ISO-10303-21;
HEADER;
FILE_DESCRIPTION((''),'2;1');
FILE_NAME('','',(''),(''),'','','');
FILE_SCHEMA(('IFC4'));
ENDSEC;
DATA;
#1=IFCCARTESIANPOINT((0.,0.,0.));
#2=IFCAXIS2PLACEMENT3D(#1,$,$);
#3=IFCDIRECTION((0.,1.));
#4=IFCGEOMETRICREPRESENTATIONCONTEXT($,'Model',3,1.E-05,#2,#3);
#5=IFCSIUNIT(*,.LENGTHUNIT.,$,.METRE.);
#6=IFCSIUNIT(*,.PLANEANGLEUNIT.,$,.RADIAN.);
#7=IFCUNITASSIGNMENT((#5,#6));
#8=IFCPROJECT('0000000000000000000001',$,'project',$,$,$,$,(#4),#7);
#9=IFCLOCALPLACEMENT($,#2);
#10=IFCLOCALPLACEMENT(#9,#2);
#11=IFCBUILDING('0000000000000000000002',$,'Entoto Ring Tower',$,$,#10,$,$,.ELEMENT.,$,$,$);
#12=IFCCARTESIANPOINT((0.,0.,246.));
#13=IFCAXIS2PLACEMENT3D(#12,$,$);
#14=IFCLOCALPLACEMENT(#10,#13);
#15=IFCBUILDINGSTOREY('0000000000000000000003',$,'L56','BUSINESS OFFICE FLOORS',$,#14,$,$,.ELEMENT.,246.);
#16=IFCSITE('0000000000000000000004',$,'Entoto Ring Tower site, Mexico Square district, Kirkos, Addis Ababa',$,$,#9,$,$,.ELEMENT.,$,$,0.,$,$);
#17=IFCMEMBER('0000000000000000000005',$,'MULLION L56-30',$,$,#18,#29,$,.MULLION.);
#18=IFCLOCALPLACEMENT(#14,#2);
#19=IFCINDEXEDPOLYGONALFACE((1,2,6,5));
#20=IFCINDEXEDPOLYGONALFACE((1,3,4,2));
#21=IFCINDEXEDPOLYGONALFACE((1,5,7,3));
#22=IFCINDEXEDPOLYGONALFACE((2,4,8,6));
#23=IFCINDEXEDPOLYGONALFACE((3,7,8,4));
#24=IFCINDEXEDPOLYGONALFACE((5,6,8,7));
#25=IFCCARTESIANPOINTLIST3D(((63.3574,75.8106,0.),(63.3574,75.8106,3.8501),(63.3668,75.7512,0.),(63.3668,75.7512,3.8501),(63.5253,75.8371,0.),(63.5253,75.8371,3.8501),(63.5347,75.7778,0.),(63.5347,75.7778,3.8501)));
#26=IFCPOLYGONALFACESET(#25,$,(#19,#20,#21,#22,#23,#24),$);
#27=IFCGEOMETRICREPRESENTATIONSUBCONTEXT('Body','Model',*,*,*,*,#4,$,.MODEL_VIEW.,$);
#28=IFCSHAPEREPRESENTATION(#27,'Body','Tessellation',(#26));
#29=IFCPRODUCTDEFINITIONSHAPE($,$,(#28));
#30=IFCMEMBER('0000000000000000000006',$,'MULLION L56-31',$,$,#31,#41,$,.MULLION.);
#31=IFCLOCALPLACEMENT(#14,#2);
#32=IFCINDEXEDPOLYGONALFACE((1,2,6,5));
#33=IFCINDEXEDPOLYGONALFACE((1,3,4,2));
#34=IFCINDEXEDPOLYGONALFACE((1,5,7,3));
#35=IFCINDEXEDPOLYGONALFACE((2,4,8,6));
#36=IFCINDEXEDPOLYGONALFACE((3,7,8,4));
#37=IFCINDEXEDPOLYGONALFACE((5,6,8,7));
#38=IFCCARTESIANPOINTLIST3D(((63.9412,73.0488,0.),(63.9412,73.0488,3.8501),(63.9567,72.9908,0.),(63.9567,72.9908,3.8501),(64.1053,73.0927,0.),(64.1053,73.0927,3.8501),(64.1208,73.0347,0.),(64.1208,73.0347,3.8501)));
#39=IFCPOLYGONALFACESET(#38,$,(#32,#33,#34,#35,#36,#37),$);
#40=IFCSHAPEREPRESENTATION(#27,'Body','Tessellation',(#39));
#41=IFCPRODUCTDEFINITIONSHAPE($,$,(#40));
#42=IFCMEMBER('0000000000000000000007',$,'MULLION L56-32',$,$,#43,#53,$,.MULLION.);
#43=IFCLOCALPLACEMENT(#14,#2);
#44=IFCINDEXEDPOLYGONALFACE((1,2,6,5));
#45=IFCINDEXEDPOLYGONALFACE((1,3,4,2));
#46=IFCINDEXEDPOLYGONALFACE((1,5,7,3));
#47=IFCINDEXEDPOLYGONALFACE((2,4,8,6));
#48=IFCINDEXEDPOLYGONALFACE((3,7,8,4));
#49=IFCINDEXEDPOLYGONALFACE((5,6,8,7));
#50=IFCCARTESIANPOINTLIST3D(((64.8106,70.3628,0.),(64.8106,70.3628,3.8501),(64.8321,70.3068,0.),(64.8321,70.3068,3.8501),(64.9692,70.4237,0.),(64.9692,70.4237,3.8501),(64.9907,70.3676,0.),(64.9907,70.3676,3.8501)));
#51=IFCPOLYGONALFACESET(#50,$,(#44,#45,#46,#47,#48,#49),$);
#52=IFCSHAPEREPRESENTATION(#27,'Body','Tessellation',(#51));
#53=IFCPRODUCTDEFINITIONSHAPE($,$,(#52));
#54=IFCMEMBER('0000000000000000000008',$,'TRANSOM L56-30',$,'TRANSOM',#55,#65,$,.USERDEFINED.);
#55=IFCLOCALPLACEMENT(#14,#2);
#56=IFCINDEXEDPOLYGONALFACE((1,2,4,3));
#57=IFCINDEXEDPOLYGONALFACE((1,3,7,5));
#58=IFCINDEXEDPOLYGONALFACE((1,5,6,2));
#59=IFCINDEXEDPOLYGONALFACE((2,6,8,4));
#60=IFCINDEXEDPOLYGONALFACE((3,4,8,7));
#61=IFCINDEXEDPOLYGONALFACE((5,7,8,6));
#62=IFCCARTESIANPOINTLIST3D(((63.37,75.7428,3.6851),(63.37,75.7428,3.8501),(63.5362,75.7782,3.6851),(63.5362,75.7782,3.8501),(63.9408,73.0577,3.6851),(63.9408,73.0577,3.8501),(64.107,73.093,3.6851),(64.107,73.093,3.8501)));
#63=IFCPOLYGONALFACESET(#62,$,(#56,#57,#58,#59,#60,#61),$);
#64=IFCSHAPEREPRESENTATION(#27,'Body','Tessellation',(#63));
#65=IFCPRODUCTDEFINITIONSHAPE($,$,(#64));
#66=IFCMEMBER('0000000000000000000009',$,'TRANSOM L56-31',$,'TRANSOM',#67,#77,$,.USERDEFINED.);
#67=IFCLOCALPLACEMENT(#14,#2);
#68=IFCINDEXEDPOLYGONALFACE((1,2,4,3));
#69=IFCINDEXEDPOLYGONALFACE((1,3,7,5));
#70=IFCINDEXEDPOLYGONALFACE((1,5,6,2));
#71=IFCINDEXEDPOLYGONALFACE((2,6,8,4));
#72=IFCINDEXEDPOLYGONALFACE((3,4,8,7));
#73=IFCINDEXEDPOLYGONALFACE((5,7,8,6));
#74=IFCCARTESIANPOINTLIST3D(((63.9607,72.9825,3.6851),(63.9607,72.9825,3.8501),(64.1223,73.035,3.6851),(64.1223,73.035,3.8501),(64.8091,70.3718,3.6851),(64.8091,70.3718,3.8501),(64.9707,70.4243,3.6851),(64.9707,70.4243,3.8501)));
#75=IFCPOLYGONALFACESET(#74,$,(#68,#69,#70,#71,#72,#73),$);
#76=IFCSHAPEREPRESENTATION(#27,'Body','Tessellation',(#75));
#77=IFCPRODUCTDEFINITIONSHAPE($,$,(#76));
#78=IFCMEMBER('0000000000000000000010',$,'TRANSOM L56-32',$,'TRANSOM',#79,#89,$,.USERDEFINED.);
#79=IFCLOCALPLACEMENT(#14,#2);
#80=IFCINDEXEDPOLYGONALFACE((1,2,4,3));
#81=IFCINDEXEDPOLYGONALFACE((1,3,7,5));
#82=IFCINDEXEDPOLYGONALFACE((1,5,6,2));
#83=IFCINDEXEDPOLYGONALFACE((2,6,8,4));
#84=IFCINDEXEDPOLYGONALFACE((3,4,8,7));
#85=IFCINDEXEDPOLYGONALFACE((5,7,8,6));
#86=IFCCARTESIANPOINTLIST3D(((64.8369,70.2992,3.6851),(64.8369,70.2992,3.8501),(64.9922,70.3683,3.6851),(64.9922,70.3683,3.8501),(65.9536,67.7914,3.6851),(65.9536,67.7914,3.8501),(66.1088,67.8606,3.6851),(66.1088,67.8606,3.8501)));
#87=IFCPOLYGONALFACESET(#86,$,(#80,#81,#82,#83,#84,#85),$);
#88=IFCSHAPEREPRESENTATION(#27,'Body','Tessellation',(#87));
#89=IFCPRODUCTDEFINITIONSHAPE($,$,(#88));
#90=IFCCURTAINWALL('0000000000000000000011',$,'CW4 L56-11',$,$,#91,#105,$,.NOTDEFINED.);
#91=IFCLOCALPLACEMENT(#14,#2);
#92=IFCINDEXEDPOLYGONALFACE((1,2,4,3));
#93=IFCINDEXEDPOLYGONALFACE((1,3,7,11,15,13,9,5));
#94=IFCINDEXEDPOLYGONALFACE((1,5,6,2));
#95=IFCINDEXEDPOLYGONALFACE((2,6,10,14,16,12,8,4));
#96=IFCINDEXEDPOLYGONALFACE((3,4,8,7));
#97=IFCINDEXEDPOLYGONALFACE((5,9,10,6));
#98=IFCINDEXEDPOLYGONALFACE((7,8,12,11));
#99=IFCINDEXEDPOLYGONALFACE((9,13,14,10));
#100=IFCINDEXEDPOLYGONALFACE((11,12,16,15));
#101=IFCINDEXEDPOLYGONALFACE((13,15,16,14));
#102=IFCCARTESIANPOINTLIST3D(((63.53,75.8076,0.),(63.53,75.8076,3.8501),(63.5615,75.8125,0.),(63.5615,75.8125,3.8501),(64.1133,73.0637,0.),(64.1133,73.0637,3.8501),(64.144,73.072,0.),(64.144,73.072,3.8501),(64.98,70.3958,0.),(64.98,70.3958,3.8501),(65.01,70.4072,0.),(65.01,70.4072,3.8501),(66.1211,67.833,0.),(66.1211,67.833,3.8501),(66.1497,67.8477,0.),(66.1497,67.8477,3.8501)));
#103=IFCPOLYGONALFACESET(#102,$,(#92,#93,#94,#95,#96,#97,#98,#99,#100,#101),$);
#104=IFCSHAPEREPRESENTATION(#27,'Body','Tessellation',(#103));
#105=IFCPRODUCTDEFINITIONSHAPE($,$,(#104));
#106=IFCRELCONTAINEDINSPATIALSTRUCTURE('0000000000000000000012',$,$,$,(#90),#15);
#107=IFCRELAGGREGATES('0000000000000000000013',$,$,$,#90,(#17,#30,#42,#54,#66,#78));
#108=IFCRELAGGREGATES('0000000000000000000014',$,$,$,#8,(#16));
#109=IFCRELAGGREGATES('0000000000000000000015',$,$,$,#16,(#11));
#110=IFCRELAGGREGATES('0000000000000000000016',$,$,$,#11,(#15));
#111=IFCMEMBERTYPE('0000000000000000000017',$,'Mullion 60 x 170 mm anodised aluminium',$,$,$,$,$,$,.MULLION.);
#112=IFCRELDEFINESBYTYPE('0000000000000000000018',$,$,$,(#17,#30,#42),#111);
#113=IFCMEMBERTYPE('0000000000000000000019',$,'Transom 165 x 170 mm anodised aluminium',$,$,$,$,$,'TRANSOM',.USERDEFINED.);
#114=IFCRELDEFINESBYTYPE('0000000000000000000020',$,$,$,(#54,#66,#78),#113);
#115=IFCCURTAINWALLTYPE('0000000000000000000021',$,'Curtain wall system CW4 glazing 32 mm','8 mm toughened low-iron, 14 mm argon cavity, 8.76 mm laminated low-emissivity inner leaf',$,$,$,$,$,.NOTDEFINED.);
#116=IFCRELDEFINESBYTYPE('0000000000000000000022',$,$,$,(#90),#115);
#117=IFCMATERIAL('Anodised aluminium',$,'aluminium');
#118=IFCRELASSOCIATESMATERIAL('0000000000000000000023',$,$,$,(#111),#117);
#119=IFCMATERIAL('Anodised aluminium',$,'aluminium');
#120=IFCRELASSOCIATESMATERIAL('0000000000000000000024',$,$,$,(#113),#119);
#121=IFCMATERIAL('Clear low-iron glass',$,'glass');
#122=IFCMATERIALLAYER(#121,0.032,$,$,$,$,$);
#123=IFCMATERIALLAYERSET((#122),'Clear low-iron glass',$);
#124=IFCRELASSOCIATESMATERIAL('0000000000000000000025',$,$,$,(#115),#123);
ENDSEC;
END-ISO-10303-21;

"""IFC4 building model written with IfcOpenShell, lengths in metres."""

from ifc_helpers import new_model, si_unit, direction, frame, origin, origin_2d, place, context, subcontext, project, spatial, polyline, rectangle, outline, extrude, material, layer, layer_set, material_profile, profile_set, type_object, element, aggregate, save


model = new_model("IFC4")

# Units and contexts
model_context = context("Model", 3, precision=1e-05, world=origin(), true_north=direction((0.0, 1.0)))
body_context = subcontext(model_context, "Body", "Model", "MODEL_VIEW")
ifc_project = project(units=[si_unit("LENGTHUNIT", "METRE"), si_unit("PLANEANGLEUNIT", "RADIAN")], contexts=[model_context])

# Members
ifc_material_1 = material(Name="Anodised aluminium", Category="aluminium")
ifc_material_profile_1 = material_profile(ifc_material_1, rectangle(XDim=0.0601, YDim=0.1699, at=origin_2d()), Name="Mullion 60 x 170 mm anodised aluminium")
ifc_profile_set_1 = profile_set([ifc_material_profile_1], Name="Anodised aluminium")
member_type_1 = type_object("IfcMemberType", Name="Mullion 60 x 170 mm anodised aluminium", PredefinedType="MULLION", material=ifc_profile_set_1)
site_placement = place(None, origin())
building_placement = place(site_placement, origin())
storey_placement = place(building_placement, frame((0.0, 0.0, 246.0)))
member_1_placement = place(storey_placement, frame((63.446, 75.7942, 0.0), z_axis=(0.0, 0.0, 1.0), x_axis=(0.156434, -0.987688, 0.0)))
member_1 = element("IfcMember", 1, at=member_1_placement, type_object=member_type_1, Name="MULLION L56-30", PredefinedType="MULLION", context=body_context, shape_type="SweptSolid", body=[
    extrude(rectangle(XDim=0.0601, YDim=0.1699, at=origin_2d()), origin(), (0.0, 0.0, 1.0), 3.8501),
])
member_2_placement = place(storey_placement, frame((64.031, 73.0417, 0.0), z_axis=(0.0, 0.0, 1.0), x_axis=(0.258819, -0.965926, 0.0)))
member_2 = element("IfcMember", 2, at=member_2_placement, type_object=member_type_1, Name="MULLION L56-31", PredefinedType="MULLION", context=body_context, shape_type="SweptSolid", body=[
    extrude(rectangle(XDim=0.0601, YDim=0.1699, at=origin_2d()), origin(), (0.0, 0.0, 1.0), 3.8501),
])
member_3_placement = place(storey_placement, frame((64.9006, 70.3652, 0.0), z_axis=(0.0, 0.0, 1.0), x_axis=(0.358368, -0.93358, 0.0)))
member_3 = element("IfcMember", 3, at=member_3_placement, type_object=member_type_1, Name="MULLION L56-32", PredefinedType="MULLION", context=body_context, shape_type="SweptSolid", body=[
    extrude(rectangle(XDim=0.0601, YDim=0.1699, at=origin_2d()), origin(), (0.0, 0.0, 1.0), 3.8501),
])
ifc_material_2 = material(Name="Anodised aluminium", Category="aluminium")
ifc_material_profile_2 = material_profile(ifc_material_2, rectangle(XDim=0.1699, YDim=0.165, at=origin_2d()), Name="Transom 165 x 170 mm anodised aluminium")
ifc_profile_set_2 = profile_set([ifc_material_profile_2], Name="Anodised aluminium")
member_type_2 = type_object("IfcMemberType", Name="Transom 165 x 170 mm anodised aluminium", ElementType="TRANSOM", PredefinedType="USERDEFINED", material=ifc_profile_set_2)
member_4_placement = place(storey_placement, frame((63.4531, 75.7605, 3.7676), z_axis=(0.207937, -0.978142, 0.0), x_axis=(0.978142, 0.207937, 0.0)))
member_4 = element("IfcMember", 4, at=member_4_placement, type_object=member_type_2, Name="TRANSOM L56-30", ObjectType="TRANSOM", PredefinedType="USERDEFINED", context=body_context, shape_type="SweptSolid", body=[
    extrude(rectangle(XDim=0.1699, YDim=0.165, at=origin_2d()), origin(), (0.0, 0.0, 1.0), 2.7451),
])
member_5_placement = place(storey_placement, frame((64.0415, 73.0088, 3.7676), z_axis=(0.309042, -0.951048, 0.0), x_axis=(0.951048, 0.309042, 0.0)))
member_5 = element("IfcMember", 5, at=member_5_placement, type_object=member_type_2, Name="TRANSOM L56-31", ObjectType="TRANSOM", PredefinedType="USERDEFINED", context=body_context, shape_type="SweptSolid", body=[
    extrude(rectangle(XDim=0.1699, YDim=0.165, at=origin_2d()), origin(), (0.0, 0.0, 1.0), 2.7451),
])
member_6_placement = place(storey_placement, frame((64.9146, 70.3337, 3.7676), z_axis=(0.406782, -0.913525, 0.0), x_axis=(0.913525, 0.406782, 0.0)))
member_6 = element("IfcMember", 6, at=member_6_placement, type_object=member_type_2, Name="TRANSOM L56-32", ObjectType="TRANSOM", PredefinedType="USERDEFINED", context=body_context, shape_type="SweptSolid", body=[
    extrude(rectangle(XDim=0.1699, YDim=0.165, at=origin_2d()), origin(), (0.0, 0.0, 1.0), 2.7451),
])

# Site, building, storey
site = spatial("IfcSite", under=ifc_project, at=site_placement, Name="Entoto Ring Tower site, Mexico Square district, Kirkos, Addis Ababa", CompositionType="ELEMENT", RefElevation=0.0)
building = spatial("IfcBuilding", under=site, at=building_placement, Name="Entoto Ring Tower", CompositionType="ELEMENT")
storey = spatial("IfcBuildingStorey", under=building, at=storey_placement, Name="L56", Description="BUSINESS OFFICE FLOORS", CompositionType="ELEMENT", Elevation=246.0)

# Curtain wall
ifc_material_3 = material(Name="Clear low-iron glass", Category="glass")
ifc_layer = layer(ifc_material_3, 0.032)
ifc_layer_set = layer_set([ifc_layer], Name="Clear low-iron glass")
curtain_wall_type = type_object("IfcCurtainWallType", Name="Curtain wall system CW4 glazing 32 mm", Description="8 mm toughened low-iron, 14 mm argon cavity, 8.76 mm laminated low-emissivity inner leaf", PredefinedType="NOTDEFINED", material=ifc_layer_set)
curtain_wall_1_placement = place(storey_placement, origin())
curtain_wall_1 = element("IfcCurtainWall", 7, at=curtain_wall_1_placement, inside=storey, type_object=curtain_wall_type, Name="CW4 L56-11", PredefinedType="NOTDEFINED", context=body_context, shape_type="SweptSolid", body=[
    extrude(outline(polyline([(63.53, 75.8076), (64.1133, 73.0637), (64.98, 70.3958), (66.1211, 67.833), (66.1497, 67.8477), (65.01, 70.4072), (64.144, 73.072), (63.5615, 75.8125), (63.53, 75.8076)])), origin(), (0.0, 0.0, 1.0), 3.8501),
])
aggregate(curtain_wall_1, [member_1, member_2, member_3, member_4, member_5, member_6])

save(model, "model.ifc")
